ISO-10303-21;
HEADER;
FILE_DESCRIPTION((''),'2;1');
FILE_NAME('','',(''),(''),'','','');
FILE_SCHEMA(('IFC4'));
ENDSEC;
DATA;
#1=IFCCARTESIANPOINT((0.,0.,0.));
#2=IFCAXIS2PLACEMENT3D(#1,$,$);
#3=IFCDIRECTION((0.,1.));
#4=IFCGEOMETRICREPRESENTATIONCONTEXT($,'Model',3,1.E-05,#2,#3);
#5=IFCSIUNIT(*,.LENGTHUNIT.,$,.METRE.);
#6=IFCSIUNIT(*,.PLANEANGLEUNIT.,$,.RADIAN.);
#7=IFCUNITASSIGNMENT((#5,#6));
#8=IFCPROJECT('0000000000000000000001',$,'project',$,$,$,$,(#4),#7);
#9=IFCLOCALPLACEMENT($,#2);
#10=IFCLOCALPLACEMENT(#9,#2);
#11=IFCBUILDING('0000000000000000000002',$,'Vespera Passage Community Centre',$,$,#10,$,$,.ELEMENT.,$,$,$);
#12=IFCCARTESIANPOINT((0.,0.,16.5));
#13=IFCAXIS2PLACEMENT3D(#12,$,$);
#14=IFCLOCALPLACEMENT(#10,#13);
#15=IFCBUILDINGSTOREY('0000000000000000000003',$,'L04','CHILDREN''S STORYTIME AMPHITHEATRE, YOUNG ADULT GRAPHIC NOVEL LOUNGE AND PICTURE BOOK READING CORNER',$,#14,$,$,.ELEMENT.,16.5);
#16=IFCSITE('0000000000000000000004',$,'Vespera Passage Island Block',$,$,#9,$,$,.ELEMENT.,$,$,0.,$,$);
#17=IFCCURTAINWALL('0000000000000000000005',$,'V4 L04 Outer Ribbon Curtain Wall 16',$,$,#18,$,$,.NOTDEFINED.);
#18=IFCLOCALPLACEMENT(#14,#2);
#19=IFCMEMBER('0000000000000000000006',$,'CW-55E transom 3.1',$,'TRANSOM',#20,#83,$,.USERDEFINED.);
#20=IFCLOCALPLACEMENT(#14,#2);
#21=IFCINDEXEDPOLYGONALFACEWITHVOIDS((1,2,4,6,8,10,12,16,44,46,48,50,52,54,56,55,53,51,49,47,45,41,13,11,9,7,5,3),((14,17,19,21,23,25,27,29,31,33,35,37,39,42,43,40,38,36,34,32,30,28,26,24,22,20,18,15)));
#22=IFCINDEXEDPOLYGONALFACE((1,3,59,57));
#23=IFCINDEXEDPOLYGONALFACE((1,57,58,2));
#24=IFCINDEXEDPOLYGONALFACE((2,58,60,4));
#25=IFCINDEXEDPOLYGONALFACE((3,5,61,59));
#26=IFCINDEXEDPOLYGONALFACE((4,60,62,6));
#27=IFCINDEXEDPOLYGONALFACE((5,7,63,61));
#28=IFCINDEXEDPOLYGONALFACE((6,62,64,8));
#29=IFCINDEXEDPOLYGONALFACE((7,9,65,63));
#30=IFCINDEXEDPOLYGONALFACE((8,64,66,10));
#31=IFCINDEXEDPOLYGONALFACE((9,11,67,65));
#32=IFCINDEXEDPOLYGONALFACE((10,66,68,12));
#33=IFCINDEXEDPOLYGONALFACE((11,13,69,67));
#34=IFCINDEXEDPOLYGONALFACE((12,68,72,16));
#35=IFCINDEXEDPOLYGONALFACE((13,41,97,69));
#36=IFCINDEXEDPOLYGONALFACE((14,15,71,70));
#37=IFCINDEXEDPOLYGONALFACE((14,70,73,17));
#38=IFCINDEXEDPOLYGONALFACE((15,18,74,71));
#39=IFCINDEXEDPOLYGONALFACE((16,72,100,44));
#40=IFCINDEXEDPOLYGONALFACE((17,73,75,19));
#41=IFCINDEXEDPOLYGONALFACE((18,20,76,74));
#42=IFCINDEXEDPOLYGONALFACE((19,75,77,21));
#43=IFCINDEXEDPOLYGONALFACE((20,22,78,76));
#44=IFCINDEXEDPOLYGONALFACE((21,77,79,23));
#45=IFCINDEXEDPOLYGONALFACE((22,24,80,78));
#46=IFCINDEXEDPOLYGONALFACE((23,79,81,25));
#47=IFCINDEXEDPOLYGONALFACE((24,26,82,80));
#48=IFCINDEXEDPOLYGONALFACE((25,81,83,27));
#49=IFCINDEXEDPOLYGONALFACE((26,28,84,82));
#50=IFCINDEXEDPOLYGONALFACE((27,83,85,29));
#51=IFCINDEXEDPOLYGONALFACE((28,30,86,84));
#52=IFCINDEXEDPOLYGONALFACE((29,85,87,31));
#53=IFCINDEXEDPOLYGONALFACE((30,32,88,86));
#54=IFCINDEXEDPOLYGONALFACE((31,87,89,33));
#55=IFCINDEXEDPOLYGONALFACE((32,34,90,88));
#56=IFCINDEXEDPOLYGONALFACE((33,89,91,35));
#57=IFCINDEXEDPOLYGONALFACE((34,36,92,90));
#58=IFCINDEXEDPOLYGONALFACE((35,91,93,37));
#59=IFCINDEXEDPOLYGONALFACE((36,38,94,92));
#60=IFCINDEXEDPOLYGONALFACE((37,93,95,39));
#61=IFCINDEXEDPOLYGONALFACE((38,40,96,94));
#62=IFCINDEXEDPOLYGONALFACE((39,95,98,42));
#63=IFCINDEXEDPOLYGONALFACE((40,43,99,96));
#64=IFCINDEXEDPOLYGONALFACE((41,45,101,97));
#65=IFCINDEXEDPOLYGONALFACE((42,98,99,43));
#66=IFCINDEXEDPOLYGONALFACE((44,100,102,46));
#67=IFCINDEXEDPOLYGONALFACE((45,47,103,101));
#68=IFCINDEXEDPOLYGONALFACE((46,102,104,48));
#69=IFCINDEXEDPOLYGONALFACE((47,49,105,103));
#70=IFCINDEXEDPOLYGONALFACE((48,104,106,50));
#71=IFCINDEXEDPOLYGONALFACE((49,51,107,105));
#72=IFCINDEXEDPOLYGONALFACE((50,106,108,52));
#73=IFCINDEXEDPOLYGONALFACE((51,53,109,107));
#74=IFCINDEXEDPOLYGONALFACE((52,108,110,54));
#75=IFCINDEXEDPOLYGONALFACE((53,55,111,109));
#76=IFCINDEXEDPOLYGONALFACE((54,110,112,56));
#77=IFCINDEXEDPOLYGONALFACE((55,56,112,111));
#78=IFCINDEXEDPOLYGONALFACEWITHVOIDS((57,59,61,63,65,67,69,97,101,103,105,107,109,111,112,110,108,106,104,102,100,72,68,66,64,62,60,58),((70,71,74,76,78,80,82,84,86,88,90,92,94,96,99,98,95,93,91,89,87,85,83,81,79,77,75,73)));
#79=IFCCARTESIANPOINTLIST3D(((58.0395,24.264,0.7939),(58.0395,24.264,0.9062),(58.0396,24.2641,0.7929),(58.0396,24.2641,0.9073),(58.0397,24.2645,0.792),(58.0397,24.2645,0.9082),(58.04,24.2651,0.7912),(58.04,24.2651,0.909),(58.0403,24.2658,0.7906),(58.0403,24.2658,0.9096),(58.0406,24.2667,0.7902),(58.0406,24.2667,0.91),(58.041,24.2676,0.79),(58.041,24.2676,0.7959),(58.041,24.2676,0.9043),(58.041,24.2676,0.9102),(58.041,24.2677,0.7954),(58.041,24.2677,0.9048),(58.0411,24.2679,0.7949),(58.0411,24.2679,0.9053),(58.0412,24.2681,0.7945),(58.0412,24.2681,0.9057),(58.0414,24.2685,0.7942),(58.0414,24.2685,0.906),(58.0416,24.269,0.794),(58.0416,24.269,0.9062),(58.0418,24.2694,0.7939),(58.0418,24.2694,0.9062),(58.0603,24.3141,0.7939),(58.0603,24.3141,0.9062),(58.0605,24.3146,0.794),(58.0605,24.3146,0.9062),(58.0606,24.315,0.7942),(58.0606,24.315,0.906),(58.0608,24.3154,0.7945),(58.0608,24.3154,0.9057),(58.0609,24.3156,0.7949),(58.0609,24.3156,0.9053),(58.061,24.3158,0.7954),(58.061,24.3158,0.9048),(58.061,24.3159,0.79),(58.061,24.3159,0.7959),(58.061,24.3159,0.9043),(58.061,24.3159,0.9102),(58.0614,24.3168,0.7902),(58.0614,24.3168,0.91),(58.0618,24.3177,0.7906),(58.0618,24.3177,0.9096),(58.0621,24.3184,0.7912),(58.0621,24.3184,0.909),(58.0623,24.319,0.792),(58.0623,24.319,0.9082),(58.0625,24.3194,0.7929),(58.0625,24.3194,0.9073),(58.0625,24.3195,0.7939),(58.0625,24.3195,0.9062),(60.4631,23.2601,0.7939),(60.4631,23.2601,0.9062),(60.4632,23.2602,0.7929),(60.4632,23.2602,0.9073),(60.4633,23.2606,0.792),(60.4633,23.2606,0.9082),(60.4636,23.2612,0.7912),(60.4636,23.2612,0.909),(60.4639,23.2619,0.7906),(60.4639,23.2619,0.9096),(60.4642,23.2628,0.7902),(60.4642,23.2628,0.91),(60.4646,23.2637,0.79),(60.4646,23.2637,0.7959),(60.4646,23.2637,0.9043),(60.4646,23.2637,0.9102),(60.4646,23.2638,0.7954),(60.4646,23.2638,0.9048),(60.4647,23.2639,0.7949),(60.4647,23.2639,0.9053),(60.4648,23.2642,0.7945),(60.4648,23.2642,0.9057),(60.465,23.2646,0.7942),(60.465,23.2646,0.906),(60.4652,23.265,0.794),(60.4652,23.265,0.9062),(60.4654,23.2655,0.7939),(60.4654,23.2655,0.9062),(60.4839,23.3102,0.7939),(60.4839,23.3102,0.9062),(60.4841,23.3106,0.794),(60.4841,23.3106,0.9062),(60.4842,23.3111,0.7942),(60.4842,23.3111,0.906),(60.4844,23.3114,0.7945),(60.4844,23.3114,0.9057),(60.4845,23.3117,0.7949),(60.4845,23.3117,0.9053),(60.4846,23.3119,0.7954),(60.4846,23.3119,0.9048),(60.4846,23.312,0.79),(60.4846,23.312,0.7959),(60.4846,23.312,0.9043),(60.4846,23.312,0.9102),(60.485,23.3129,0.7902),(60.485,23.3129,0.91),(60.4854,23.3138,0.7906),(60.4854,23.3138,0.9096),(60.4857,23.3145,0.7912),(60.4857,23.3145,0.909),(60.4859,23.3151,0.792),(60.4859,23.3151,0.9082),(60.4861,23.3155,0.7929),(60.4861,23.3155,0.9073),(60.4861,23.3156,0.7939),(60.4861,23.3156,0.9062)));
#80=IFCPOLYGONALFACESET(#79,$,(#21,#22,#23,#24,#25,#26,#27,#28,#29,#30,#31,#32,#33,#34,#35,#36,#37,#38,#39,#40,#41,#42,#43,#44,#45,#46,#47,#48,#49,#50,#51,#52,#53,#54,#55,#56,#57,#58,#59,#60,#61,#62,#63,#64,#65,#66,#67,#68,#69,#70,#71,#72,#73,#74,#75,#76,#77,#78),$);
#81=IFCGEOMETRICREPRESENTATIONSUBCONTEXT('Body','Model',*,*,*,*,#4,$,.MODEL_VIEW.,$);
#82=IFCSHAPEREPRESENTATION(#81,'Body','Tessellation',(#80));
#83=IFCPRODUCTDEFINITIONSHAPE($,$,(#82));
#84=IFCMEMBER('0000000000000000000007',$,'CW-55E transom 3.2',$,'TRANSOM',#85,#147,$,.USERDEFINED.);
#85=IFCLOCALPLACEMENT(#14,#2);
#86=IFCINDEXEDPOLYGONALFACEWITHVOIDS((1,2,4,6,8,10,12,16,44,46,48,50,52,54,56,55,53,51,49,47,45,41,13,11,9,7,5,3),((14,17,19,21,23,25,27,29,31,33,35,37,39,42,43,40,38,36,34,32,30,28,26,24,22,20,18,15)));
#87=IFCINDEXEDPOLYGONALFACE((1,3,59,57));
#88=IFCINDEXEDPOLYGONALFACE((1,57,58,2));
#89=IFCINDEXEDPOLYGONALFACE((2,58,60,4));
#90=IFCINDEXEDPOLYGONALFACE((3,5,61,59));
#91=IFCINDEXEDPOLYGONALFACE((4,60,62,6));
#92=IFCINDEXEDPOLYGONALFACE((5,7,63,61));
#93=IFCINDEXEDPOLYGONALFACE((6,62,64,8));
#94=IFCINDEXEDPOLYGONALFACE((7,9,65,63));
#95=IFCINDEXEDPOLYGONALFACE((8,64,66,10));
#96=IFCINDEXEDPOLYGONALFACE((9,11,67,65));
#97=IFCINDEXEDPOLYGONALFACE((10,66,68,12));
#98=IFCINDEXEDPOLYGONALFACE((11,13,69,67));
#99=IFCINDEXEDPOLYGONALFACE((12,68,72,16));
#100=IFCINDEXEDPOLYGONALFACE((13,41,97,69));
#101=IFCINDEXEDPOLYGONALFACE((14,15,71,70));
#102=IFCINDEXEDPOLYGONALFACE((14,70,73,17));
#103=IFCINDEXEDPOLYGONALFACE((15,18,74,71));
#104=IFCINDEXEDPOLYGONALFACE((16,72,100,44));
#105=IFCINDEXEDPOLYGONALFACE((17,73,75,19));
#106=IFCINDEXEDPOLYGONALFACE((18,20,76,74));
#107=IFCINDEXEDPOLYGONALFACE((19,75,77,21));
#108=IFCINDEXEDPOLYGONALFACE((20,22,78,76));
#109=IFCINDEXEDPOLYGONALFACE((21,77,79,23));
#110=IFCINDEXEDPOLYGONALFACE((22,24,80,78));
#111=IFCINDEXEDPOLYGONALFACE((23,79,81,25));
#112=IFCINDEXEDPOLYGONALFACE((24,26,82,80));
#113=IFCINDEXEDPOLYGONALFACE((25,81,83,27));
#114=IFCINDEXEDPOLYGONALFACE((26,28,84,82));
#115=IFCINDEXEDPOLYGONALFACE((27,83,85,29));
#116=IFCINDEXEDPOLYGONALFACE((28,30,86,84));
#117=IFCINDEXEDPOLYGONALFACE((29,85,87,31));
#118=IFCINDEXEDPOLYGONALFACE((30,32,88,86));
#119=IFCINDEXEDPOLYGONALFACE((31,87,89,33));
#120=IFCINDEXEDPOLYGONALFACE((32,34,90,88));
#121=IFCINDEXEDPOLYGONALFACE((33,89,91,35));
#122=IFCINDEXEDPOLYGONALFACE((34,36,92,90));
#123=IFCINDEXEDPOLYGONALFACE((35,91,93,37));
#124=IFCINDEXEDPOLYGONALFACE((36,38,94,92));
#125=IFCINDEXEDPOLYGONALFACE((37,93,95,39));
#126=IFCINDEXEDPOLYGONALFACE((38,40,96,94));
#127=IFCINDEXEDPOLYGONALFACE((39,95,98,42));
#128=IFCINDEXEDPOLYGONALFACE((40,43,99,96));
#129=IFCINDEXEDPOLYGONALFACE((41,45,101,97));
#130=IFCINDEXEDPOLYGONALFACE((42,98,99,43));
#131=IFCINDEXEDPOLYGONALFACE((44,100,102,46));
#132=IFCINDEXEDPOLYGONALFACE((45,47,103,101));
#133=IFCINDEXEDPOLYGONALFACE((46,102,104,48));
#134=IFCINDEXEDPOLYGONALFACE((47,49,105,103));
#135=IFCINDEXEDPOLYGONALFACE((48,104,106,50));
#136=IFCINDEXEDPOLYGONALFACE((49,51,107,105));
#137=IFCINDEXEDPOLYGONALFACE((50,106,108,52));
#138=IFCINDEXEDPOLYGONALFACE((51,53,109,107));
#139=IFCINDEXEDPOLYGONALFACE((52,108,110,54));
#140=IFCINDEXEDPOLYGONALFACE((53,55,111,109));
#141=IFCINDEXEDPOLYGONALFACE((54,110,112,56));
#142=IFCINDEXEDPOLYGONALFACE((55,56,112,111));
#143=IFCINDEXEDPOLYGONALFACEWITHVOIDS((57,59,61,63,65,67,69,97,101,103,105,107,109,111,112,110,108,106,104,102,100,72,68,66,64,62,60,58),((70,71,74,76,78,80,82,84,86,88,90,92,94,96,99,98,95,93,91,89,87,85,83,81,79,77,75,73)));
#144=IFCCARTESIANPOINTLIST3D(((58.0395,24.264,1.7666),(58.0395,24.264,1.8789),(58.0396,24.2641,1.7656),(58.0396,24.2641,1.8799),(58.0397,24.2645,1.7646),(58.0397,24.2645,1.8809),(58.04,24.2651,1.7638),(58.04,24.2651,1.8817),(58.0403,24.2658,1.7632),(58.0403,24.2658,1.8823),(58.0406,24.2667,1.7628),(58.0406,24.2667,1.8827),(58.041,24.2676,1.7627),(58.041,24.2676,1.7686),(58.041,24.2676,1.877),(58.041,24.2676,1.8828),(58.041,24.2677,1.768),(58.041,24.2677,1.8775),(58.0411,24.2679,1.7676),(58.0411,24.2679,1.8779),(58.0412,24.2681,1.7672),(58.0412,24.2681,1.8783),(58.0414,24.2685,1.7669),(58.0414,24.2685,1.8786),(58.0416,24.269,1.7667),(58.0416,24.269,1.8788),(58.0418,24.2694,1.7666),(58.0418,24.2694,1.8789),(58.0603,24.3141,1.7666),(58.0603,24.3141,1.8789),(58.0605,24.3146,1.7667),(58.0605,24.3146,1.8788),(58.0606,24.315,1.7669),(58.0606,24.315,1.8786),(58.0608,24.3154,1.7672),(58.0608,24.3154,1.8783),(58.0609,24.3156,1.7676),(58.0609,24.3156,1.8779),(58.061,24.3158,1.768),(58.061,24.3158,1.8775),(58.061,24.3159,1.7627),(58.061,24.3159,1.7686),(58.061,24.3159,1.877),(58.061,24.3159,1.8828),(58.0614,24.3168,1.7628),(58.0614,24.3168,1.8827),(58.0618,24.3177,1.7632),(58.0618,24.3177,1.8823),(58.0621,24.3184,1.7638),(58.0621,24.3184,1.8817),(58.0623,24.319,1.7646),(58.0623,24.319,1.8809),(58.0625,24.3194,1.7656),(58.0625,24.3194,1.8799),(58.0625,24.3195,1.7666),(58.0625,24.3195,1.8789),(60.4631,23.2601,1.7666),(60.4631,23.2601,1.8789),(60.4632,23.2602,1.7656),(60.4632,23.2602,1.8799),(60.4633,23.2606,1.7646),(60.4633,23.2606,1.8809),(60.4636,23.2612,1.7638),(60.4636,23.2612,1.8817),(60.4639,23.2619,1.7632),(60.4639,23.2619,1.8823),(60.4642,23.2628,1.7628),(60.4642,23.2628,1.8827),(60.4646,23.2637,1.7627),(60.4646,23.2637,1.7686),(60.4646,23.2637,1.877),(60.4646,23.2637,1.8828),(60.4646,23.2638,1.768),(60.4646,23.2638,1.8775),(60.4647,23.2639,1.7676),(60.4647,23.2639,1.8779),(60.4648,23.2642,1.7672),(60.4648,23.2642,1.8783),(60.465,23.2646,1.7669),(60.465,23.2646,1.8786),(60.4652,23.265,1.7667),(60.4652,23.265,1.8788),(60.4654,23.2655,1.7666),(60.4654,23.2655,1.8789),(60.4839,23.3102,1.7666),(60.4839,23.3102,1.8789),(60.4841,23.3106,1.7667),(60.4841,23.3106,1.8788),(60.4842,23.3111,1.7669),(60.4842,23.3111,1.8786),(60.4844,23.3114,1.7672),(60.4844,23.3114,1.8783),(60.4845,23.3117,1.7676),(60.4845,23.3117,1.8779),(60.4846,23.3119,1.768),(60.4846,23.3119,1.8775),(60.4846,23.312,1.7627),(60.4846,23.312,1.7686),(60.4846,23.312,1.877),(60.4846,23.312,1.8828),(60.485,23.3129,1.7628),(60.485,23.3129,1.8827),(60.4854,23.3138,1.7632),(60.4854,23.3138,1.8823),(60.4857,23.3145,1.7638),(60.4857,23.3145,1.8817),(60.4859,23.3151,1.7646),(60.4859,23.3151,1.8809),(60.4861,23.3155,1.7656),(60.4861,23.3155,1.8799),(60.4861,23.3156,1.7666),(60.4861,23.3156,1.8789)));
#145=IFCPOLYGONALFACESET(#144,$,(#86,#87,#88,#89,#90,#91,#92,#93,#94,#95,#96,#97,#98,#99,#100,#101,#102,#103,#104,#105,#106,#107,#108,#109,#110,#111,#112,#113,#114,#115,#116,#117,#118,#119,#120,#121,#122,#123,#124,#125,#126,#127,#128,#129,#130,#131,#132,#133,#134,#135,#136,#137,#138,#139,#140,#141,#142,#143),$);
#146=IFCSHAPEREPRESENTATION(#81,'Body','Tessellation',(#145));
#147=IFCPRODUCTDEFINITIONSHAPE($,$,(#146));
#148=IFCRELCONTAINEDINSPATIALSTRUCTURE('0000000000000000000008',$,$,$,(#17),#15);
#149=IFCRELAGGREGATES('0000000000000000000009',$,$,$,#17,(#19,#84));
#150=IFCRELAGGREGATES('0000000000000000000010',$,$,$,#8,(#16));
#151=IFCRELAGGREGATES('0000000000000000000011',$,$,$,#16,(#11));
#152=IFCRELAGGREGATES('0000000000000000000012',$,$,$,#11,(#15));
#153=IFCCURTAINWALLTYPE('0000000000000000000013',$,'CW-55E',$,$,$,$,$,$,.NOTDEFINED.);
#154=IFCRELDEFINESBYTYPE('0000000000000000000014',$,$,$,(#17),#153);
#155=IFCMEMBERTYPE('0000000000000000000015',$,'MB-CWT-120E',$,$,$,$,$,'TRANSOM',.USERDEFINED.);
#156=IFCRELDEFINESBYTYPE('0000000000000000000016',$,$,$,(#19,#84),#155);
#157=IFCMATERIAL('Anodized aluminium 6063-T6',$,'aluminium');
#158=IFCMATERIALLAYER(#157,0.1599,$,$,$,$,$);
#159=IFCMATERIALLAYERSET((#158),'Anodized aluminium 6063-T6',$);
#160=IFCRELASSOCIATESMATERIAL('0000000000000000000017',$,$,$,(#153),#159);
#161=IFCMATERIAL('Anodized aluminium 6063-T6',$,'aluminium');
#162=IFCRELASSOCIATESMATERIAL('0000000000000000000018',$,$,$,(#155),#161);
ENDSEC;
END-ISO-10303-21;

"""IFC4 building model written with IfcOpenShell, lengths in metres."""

from ifc_helpers import new_model, si_unit, direction, frame, origin, origin_2d, place, context, subcontext, project, spatial, hollow_rectangle, extrude, material, layer, layer_set, material_profile, profile_set, type_object, element, aggregate, save


model = new_model("IFC4")

# Units and contexts
model_context = context("Model", 3, precision=1e-05, world=origin(), true_north=direction((0.0, 1.0)))
body_context = subcontext(model_context, "Body", "Model", "MODEL_VIEW")
ifc_project = project(units=[si_unit("LENGTHUNIT", "METRE"), si_unit("PLANEANGLEUNIT", "RADIAN")], contexts=[model_context])

# Site, building, storey
site_placement = place(None, origin())
site = spatial("IfcSite", under=ifc_project, at=site_placement, Name="Vespera Passage Island Block", CompositionType="ELEMENT", RefElevation=0.0)
building_placement = place(site_placement, origin())
building = spatial("IfcBuilding", under=site, at=building_placement, Name="Vespera Passage Community Centre", CompositionType="ELEMENT")
storey_placement = place(building_placement, frame((0.0, 0.0, 16.5)))
storey = spatial("IfcBuildingStorey", under=building, at=storey_placement, Name="L04", Description="CHILDREN'S STORYTIME AMPHITHEATRE, YOUNG ADULT GRAPHIC NOVEL LOUNGE AND PICTURE BOOK READING CORNER", CompositionType="ELEMENT", Elevation=16.5)

# Curtain wall, members
ifc_material_1 = material(Name="Anodized aluminium 6063-T6", Category="aluminium")
ifc_layer_1 = layer(ifc_material_1, 0.1599)
ifc_layer_set_1 = layer_set([ifc_layer_1], Name="Anodized aluminium 6063-T6")
curtain_wall_type = type_object("IfcCurtainWallType", Name="CW-55E", PredefinedType="NOTDEFINED", material=ifc_layer_set_1)
curtain_wall_placement = place(storey_placement, origin())
curtain_wall = element("IfcCurtainWall", 1, at=curtain_wall_placement, inside=storey, type_object=curtain_wall_type, Name="V4 L04 Outer Ribbon Curtain Wall 16", PredefinedType="NOTDEFINED")
ifc_material_2 = material(Name="Anodized aluminium 6063-T6", Category="aluminium")
ifc_material_profile_1 = material_profile(ifc_material_2, hollow_rectangle(XDim=0.0601, YDim=0.1201, WallThickness=0.0039, InnerFilletRadius=0.002, OuterFilletRadius=0.0039, at=origin_2d()), Name="ALU120X60X4")
ifc_profile_set_1 = profile_set([ifc_material_profile_1], Name="Anodized aluminium 6063-T6")
member_type_1 = type_object("IfcMemberType", Name="MB-CWT-120E", ElementType="TRANSOM", PredefinedType="USERDEFINED", material=ifc_profile_set_1)
member_1_placement = place(storey_placement, frame((60.4746, 23.2878, 0.8501), z_axis=(-0.923876, 0.382692, 0.0), x_axis=(-0.382692, -0.923876, 0.0)))
member_1 = element("IfcMember", 2, at=member_1_placement, type_object=member_type_1, Name="CW-55E transom 3.1", ObjectType="TRANSOM", PredefinedType="USERDEFINED", context=body_context, shape_type="SweptSolid", body=[
    extrude(hollow_rectangle(XDim=0.0601, YDim=0.1201, WallThickness=0.0039, InnerFilletRadius=0.002, OuterFilletRadius=0.0039, at=origin_2d()), origin(), (0.0, 0.0, 1.0), 2.6233),
])
member_2_placement = place(storey_placement, frame((60.4746, 23.2878, 1.8228), z_axis=(-0.923876, 0.382692, 0.0), x_axis=(-0.382692, -0.923876, 0.0)))
member_2 = element("IfcMember", 3, at=member_2_placement, type_object=member_type_1, Name="CW-55E transom 3.2", ObjectType="TRANSOM", PredefinedType="USERDEFINED", context=body_context, shape_type="SweptSolid", body=[
    extrude(hollow_rectangle(XDim=0.0601, YDim=0.1201, WallThickness=0.0039, InnerFilletRadius=0.002, OuterFilletRadius=0.0039, at=origin_2d()), origin(), (0.0, 0.0, 1.0), 2.6233),
])
aggregate(curtain_wall, [member_1, member_2])

save(model, "model.ifc")
